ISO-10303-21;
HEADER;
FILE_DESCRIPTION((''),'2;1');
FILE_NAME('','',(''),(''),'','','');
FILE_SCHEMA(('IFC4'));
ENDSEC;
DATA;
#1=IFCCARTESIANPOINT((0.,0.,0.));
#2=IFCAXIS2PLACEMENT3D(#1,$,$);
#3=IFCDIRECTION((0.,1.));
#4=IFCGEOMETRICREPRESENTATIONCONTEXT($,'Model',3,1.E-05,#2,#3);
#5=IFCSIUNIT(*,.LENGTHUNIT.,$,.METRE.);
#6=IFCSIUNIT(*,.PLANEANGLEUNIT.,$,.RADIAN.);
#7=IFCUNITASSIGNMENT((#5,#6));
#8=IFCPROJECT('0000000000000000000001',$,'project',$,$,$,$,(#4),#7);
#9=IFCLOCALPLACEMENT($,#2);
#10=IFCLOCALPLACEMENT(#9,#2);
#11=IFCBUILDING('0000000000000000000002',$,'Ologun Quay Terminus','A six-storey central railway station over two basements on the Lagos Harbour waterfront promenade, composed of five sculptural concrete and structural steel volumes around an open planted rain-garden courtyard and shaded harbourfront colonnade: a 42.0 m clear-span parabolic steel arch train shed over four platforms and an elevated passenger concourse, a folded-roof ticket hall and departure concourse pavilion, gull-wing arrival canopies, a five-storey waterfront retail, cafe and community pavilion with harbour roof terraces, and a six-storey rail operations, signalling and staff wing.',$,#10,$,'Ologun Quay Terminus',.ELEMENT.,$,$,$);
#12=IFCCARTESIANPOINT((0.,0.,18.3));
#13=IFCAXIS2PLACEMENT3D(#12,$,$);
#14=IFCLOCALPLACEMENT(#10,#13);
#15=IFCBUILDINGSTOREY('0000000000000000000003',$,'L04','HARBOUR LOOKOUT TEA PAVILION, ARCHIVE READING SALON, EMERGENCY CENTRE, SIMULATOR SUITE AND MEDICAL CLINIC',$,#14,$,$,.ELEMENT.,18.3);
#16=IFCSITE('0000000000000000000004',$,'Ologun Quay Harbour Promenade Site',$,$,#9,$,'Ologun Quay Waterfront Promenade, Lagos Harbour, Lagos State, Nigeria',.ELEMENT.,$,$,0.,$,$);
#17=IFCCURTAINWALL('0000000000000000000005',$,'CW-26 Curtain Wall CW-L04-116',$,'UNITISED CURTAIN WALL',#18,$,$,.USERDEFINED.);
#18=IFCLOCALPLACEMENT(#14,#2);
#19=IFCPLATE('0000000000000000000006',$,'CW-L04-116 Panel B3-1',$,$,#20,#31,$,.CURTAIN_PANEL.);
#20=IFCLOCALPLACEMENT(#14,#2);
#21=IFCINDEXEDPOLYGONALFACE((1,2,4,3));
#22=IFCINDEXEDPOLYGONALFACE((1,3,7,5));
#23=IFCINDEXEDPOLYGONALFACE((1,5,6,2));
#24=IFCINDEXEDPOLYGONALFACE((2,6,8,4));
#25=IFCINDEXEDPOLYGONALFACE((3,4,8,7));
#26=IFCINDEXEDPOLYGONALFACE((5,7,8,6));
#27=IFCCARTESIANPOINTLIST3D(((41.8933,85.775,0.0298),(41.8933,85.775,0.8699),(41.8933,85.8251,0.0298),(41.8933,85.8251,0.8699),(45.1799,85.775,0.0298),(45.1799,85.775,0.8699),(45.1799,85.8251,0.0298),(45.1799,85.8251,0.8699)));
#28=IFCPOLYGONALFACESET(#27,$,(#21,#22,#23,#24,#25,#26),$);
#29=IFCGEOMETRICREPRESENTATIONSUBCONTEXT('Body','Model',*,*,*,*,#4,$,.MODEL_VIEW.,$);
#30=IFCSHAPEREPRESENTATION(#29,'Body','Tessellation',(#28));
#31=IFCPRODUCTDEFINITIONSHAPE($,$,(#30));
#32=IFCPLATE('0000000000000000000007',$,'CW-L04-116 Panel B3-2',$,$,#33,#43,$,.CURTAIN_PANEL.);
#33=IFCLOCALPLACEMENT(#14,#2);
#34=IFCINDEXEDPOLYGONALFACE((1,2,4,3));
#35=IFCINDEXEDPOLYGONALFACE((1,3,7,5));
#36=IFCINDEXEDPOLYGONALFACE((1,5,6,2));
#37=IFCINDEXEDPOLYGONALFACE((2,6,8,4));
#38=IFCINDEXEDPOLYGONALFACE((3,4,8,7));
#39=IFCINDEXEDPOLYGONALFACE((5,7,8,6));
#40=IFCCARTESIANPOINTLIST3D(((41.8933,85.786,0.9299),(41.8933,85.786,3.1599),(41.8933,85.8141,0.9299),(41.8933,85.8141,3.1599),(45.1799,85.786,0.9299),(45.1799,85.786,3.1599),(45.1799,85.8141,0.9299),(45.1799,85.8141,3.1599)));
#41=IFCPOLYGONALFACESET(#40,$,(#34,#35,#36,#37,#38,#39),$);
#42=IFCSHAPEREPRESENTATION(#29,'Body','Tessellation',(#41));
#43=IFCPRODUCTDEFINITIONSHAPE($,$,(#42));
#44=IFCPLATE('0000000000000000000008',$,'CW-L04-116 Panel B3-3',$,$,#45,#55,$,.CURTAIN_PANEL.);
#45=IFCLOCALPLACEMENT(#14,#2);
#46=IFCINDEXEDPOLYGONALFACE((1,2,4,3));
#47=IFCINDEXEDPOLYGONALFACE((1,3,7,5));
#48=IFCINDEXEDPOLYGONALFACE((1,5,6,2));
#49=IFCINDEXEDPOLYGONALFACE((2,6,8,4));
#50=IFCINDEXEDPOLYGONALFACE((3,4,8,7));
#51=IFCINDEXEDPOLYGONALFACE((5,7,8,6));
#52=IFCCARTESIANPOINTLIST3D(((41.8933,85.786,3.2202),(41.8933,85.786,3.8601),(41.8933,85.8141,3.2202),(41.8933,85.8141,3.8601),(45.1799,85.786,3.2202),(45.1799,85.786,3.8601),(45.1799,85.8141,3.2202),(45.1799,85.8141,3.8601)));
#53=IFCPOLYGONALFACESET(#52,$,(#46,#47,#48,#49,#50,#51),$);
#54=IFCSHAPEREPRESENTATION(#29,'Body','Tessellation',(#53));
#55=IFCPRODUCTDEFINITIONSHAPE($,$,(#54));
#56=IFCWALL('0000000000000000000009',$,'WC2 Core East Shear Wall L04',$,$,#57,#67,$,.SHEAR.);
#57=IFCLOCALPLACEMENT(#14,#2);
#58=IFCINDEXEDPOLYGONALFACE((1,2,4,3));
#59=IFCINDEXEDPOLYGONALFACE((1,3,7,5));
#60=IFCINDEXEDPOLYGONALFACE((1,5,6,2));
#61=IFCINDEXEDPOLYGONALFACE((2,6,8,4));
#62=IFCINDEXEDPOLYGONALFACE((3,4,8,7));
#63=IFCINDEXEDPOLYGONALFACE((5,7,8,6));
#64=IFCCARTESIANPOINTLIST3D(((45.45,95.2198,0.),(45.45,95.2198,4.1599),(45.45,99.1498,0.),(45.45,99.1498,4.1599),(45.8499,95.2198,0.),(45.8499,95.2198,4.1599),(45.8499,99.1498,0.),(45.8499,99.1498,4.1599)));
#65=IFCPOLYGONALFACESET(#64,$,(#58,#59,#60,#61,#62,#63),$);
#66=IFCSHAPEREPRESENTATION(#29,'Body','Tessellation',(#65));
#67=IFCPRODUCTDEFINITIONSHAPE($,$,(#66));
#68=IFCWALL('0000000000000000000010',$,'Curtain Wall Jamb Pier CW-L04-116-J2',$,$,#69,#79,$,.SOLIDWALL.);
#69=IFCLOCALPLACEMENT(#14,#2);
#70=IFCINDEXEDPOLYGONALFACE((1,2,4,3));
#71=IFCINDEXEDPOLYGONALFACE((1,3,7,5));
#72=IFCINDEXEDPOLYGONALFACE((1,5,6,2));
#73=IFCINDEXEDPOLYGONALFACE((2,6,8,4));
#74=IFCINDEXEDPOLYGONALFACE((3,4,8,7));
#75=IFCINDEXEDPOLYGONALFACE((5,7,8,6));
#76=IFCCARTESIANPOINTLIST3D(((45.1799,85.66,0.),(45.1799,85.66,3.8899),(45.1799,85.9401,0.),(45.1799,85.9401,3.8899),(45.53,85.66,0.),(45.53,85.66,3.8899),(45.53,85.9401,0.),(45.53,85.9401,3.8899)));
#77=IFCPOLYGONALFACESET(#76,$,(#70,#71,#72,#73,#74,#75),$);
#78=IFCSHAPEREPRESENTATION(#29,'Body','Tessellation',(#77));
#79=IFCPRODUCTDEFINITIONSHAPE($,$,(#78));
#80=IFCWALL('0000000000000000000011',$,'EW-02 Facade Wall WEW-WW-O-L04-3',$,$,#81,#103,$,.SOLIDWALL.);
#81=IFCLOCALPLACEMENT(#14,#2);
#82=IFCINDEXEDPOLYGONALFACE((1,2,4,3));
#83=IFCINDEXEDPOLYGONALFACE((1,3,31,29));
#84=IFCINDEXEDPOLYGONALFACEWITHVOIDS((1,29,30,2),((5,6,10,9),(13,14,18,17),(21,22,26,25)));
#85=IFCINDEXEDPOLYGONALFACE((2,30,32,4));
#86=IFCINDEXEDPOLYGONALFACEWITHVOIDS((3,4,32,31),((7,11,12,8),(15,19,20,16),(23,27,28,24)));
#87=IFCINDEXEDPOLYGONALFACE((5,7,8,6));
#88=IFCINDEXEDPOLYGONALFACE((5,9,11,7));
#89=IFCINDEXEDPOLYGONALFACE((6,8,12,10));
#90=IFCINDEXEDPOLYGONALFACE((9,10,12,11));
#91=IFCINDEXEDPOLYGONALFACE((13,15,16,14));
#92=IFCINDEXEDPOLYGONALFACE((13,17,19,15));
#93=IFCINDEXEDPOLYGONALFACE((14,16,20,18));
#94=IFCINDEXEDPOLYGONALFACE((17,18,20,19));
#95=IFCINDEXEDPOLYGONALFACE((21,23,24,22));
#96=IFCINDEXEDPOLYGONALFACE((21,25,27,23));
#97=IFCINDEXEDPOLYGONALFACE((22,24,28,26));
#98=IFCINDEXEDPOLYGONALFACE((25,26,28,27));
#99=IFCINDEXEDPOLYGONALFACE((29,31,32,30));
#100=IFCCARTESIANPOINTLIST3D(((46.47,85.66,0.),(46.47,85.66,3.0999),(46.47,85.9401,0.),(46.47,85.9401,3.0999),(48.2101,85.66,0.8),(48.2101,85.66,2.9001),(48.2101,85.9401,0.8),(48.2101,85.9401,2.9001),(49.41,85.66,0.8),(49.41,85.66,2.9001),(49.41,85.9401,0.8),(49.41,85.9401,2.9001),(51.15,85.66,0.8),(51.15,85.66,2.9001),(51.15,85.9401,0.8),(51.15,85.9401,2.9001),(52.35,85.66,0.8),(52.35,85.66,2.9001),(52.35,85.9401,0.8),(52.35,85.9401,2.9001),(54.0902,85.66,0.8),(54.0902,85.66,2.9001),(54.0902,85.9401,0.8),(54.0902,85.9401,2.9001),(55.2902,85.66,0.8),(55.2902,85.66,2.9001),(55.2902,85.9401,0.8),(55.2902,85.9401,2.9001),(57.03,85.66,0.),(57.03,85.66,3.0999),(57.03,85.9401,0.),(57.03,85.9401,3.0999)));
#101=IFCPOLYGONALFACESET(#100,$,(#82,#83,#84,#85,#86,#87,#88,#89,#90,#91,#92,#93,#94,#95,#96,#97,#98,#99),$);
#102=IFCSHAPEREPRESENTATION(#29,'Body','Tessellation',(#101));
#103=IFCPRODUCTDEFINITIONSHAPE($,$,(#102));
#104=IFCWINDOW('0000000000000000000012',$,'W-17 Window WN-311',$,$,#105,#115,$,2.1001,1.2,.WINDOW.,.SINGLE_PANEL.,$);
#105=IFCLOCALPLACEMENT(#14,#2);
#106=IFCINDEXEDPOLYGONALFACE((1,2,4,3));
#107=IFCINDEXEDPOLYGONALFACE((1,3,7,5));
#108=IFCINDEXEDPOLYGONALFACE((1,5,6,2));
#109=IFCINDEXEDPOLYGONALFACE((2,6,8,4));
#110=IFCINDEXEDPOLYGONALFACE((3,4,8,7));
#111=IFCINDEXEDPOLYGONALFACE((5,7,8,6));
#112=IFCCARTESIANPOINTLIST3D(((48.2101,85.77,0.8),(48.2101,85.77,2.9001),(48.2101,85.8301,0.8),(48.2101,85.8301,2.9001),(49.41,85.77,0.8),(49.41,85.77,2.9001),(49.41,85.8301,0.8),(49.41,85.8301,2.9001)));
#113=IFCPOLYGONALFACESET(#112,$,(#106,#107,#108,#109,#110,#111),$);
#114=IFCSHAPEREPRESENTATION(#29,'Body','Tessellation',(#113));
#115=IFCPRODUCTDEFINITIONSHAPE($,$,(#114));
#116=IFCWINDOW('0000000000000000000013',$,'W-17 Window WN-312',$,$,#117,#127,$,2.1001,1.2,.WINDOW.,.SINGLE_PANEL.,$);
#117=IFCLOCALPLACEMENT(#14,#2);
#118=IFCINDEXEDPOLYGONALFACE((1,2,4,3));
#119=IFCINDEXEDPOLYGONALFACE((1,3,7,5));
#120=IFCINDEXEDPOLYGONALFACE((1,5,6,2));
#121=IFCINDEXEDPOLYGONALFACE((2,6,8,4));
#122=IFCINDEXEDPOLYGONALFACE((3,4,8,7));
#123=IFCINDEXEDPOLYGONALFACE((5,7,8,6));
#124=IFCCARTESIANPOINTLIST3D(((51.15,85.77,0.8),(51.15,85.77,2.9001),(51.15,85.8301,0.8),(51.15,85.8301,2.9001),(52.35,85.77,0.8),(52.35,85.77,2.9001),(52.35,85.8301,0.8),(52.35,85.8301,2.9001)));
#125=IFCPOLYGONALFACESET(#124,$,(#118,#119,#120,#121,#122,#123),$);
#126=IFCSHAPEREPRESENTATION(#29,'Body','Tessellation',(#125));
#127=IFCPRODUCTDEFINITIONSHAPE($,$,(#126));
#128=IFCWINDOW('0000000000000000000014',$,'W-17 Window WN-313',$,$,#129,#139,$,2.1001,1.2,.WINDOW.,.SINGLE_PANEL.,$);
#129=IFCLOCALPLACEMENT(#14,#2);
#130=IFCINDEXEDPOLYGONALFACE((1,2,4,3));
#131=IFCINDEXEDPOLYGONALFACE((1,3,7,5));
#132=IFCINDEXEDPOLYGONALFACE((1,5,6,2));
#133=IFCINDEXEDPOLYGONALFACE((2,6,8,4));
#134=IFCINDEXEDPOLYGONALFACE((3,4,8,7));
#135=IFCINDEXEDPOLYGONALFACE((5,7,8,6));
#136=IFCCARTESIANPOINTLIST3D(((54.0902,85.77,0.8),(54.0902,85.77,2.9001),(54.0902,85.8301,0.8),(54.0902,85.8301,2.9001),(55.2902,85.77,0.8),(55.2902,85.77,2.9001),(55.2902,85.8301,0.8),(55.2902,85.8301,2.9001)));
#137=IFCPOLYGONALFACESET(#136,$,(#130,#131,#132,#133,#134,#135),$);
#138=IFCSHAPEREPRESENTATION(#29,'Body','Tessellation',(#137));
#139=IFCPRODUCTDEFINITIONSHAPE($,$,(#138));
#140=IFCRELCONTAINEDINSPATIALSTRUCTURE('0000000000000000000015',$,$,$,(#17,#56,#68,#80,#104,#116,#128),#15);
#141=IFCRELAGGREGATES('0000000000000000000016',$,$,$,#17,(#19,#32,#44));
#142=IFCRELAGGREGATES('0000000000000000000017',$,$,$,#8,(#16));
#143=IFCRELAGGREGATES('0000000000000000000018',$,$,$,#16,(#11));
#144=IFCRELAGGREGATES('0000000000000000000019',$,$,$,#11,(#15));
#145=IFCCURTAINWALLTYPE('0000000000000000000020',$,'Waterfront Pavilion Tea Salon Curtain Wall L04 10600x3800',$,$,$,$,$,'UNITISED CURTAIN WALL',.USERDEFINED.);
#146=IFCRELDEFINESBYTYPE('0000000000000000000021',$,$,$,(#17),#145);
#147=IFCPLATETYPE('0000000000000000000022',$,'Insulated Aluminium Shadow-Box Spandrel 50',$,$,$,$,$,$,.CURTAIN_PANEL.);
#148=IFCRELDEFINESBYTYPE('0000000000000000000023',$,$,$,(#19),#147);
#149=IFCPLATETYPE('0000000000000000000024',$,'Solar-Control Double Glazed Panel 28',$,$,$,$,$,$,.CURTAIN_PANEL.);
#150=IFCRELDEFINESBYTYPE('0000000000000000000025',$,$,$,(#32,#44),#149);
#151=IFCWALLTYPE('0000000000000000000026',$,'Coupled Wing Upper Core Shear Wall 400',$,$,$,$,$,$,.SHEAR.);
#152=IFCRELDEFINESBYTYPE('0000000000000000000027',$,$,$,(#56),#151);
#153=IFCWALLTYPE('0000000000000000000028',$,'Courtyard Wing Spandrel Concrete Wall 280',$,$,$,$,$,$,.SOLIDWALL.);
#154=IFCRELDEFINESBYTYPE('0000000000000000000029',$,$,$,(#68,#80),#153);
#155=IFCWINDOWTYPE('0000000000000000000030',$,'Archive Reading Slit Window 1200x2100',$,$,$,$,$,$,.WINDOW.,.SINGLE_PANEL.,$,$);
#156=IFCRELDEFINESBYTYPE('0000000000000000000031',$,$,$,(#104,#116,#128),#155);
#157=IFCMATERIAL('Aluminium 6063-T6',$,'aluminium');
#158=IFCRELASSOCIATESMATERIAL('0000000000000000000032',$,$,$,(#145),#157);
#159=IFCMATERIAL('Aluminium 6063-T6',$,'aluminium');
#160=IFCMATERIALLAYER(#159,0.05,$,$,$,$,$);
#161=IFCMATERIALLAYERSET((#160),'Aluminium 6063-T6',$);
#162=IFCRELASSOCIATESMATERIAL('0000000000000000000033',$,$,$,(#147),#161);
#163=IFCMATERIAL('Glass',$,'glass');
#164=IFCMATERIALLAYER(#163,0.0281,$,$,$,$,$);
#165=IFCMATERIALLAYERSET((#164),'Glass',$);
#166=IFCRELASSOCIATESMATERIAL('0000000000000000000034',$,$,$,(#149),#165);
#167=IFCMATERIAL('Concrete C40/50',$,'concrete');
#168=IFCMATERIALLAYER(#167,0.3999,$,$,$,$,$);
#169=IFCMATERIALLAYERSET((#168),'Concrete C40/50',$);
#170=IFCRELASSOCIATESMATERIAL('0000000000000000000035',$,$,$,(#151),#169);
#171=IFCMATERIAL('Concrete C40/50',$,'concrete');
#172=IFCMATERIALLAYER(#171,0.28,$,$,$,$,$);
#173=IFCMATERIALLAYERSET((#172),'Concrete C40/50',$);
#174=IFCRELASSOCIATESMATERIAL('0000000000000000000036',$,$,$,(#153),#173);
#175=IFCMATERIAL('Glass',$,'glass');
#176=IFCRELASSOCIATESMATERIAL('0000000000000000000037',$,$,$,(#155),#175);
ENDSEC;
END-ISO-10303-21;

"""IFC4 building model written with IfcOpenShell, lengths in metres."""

from ifc_helpers import new_model, si_unit, direction, frame, frame_2d, origin, origin_2d, place, context, subcontext, project, spatial, rectangle, extrude, material, layer, layer_set, type_object, element, fill, aggregate, save


model = new_model("IFC4")

# Units and contexts
model_context = context("Model", 3, precision=1e-05, world=origin(), true_north=direction((0.0, 1.0)))
body_context = subcontext(model_context, "Body", "Model", "MODEL_VIEW")
ifc_project = project(units=[si_unit("LENGTHUNIT", "METRE"), si_unit("PLANEANGLEUNIT", "RADIAN")], contexts=[model_context])

# Site, building, storey
site_placement = place(None, origin())
site = spatial("IfcSite", under=ifc_project, at=site_placement, Name="Ologun Quay Harbour Promenade Site", LongName="Ologun Quay Waterfront Promenade, Lagos Harbour, Lagos State, Nigeria", CompositionType="ELEMENT", RefElevation=0.0)
building_placement = place(site_placement, origin())
building = spatial("IfcBuilding", under=site, at=building_placement, Name="Ologun Quay Terminus", Description="A six-storey central railway station over two basements on the Lagos Harbour waterfront promenade, composed of five sculptural concrete and structural steel volumes around an open planted rain-garden courtyard and shaded harbourfront colonnade: a 42.0 m clear-span parabolic steel arch train shed over four platforms and an elevated passenger concourse, a folded-roof ticket hall and departure concourse pavilion, gull-wing arrival canopies, a five-storey waterfront retail, cafe and community pavilion with harbour roof terraces, and a six-storey rail operations, signalling and staff wing.", LongName="Ologun Quay Terminus", CompositionType="ELEMENT")
storey_placement = place(building_placement, frame((0.0, 0.0, 18.3)))
storey = spatial("IfcBuildingStorey", under=building, at=storey_placement, Name="L04", Description="HARBOUR LOOKOUT TEA PAVILION, ARCHIVE READING SALON, EMERGENCY CENTRE, SIMULATOR SUITE AND MEDICAL CLINIC", CompositionType="ELEMENT", Elevation=18.3)

# Curtain wall
ifc_material_1 = material(Name="Aluminium 6063-T6", Category="aluminium")
curtain_wall_type = type_object("IfcCurtainWallType", Name="Waterfront Pavilion Tea Salon Curtain Wall L04 10600x3800", ElementType="UNITISED CURTAIN WALL", PredefinedType="USERDEFINED", material=ifc_material_1)
curtain_wall_placement = place(storey_placement, origin())
curtain_wall = element("IfcCurtainWall", 1, at=curtain_wall_placement, inside=storey, type_object=curtain_wall_type, Name="CW-26 Curtain Wall CW-L04-116", ObjectType="UNITISED CURTAIN WALL", PredefinedType="USERDEFINED")

# Plates
ifc_material_2 = material(Name="Aluminium 6063-T6", Category="aluminium")
ifc_layer_1 = layer(ifc_material_2, 0.05)
ifc_layer_set_1 = layer_set([ifc_layer_1], Name="Aluminium 6063-T6")
plate_type_1 = type_object("IfcPlateType", Name="Insulated Aluminium Shadow-Box Spandrel 50", PredefinedType="CURTAIN_PANEL", material=ifc_layer_set_1)
plate_1_placement = place(storey_placement, frame((43.5366, 85.8, 0.0298), z_axis=(0.0, 0.0, 1.0), x_axis=(1.0, 0.0, 0.0)))
plate_1 = element("IfcPlate", 2, at=plate_1_placement, type_object=plate_type_1, Name="CW-L04-116 Panel B3-1", PredefinedType="CURTAIN_PANEL", context=body_context, shape_type="SweptSolid", body=[
    extrude(rectangle(XDim=3.2866, YDim=0.05, at=origin_2d()), origin(), (0.0, 0.0, 1.0), 0.8401),
])
ifc_material_3 = material(Name="Glass", Category="glass")
ifc_layer_2 = layer(ifc_material_3, 0.0281)
ifc_layer_set_2 = layer_set([ifc_layer_2], Name="Glass")
plate_type_2 = type_object("IfcPlateType", Name="Solar-Control Double Glazed Panel 28", PredefinedType="CURTAIN_PANEL", material=ifc_layer_set_2)
plate_2_placement = place(storey_placement, frame((43.5366, 85.8, 0.9299), z_axis=(0.0, 0.0, 1.0), x_axis=(1.0, 0.0, 0.0)))
plate_2 = element("IfcPlate", 3, at=plate_2_placement, type_object=plate_type_2, Name="CW-L04-116 Panel B3-2", PredefinedType="CURTAIN_PANEL", context=body_context, shape_type="SweptSolid", body=[
    extrude(rectangle(XDim=3.2866, YDim=0.0281, at=origin_2d()), origin(), (0.0, 0.0, 1.0), 2.23),
])
plate_3_placement = place(storey_placement, frame((43.5366, 85.8, 3.2202), z_axis=(0.0, 0.0, 1.0), x_axis=(1.0, 0.0, 0.0)))
plate_3 = element("IfcPlate", 4, at=plate_3_placement, type_object=plate_type_2, Name="CW-L04-116 Panel B3-3", PredefinedType="CURTAIN_PANEL", context=body_context, shape_type="SweptSolid", body=[
    extrude(rectangle(XDim=3.2866, YDim=0.0281, at=origin_2d()), origin(), (0.0, 0.0, 1.0), 0.6399),
])
aggregate(curtain_wall, [plate_1, plate_2, plate_3])

# Walls
ifc_material_4 = material(Name="Concrete C40/50", Category="concrete")
ifc_layer_3 = layer(ifc_material_4, 0.3999)
ifc_layer_set_3 = layer_set([ifc_layer_3], Name="Concrete C40/50")
wall_type_1 = type_object("IfcWallType", Name="Coupled Wing Upper Core Shear Wall 400", PredefinedType="SHEAR", material=ifc_layer_set_3)
wall_1_placement = place(storey_placement, frame((45.6499, 95.22, 0.0), z_axis=(0.0, 0.0, 1.0), x_axis=(0.0, 1.0, 0.0)))
element("IfcWall", 5, at=wall_1_placement, inside=storey, type_object=wall_type_1, Name="WC2 Core East Shear Wall L04", PredefinedType="SHEAR", context=body_context, shape_type="SweptSolid", body=[
    extrude(rectangle(XDim=3.9299, YDim=0.3999, at=frame_2d((1.9648, 0.0))), origin(), (0.0, 0.0, 1.0), 4.1599),
])
ifc_material_5 = material(Name="Concrete C40/50", Category="concrete")
ifc_layer_4 = layer(ifc_material_5, 0.28)
ifc_layer_set_4 = layer_set([ifc_layer_4], Name="Concrete C40/50")
wall_type_2 = type_object("IfcWallType", Name="Courtyard Wing Spandrel Concrete Wall 280", PredefinedType="SOLIDWALL", material=ifc_layer_set_4)
wall_2_placement = place(storey_placement, frame((45.1799, 85.8, 0.0), z_axis=(0.0, 0.0, 1.0), x_axis=(1.0, 0.0, 0.0)))
element("IfcWall", 6, at=wall_2_placement, inside=storey, type_object=wall_type_2, Name="Curtain Wall Jamb Pier CW-L04-116-J2", PredefinedType="SOLIDWALL", context=body_context, shape_type="SweptSolid", body=[
    extrude(rectangle(XDim=0.3501, YDim=0.28, at=frame_2d((0.175, 0.0))), origin(), (0.0, 0.0, 1.0), 3.8899),
])

# Wall, openings, windows
wall_3_placement = place(storey_placement, frame((46.47, 85.8, 0.0), z_axis=(0.0, 0.0, 1.0), x_axis=(1.0, 0.0, 0.0)))
wall_3 = element("IfcWall", 7, at=wall_3_placement, inside=storey, type_object=wall_type_2, Name="EW-02 Facade Wall WEW-WW-O-L04-3", PredefinedType="SOLIDWALL", context=body_context, shape_type="SweptSolid", body=[
    extrude(rectangle(XDim=10.5601, YDim=0.28, at=frame_2d((5.28, 0.0))), origin(), (0.0, 0.0, 1.0), 3.0999),
])
opening_1_placement = place(wall_3_placement, frame((1.74, 0.0, 0.8)))
opening_1 = element("IfcOpeningElement", 8, at=opening_1_placement, cuts=wall_3, PredefinedType="OPENING", context=body_context, shape_type="SweptSolid", body=[
    extrude(rectangle(XDim=1.2, YDim=2.1001, at=frame_2d((0.6001, 1.05))), frame((0.0, 0.1499, 0.0), z_axis=(0.0, -1.0, 0.0), x_axis=(1.0, 0.0, 0.0)), (0.0, 0.0, 1.0), 0.3),
])
opening_2_placement = place(wall_3_placement, frame((4.6799, 0.0, 0.8)))
opening_2 = element("IfcOpeningElement", 9, at=opening_2_placement, cuts=wall_3, PredefinedType="OPENING", context=body_context, shape_type="SweptSolid", body=[
    extrude(rectangle(XDim=1.2, YDim=2.1001, at=frame_2d((0.6001, 1.05))), frame((0.0, 0.1499, 0.0), z_axis=(0.0, -1.0, 0.0), x_axis=(1.0, 0.0, 0.0)), (0.0, 0.0, 1.0), 0.3),
])
opening_3_placement = place(wall_3_placement, frame((7.6201, 0.0, 0.8)))
opening_3 = element("IfcOpeningElement", 10, at=opening_3_placement, cuts=wall_3, PredefinedType="OPENING", context=body_context, shape_type="SweptSolid", body=[
    extrude(rectangle(XDim=1.2, YDim=2.1001, at=frame_2d((0.6001, 1.05))), frame((0.0, 0.1499, 0.0), z_axis=(0.0, -1.0, 0.0), x_axis=(1.0, 0.0, 0.0)), (0.0, 0.0, 1.0), 0.3),
])
ifc_material_6 = material(Name="Glass", Category="glass")
window_type = type_object("IfcWindowType", Name="Archive Reading Slit Window 1200x2100", PartitioningType="SINGLE_PANEL", PredefinedType="WINDOW", material=ifc_material_6)
window_1_placement = place(opening_1_placement, origin())
window_1 = element("IfcWindow", 11, at=window_1_placement, inside=storey, type_object=window_type, Name="W-17 Window WN-311", OverallHeight=2.1001, OverallWidth=1.2, PartitioningType="SINGLE_PANEL", PredefinedType="WINDOW", context=body_context, shape_type="SweptSolid", body=[
    extrude(rectangle(XDim=1.2, YDim=2.1001, at=frame_2d((0.6001, 1.05))), frame((0.0, 0.03, 0.0), z_axis=(0.0, -1.0, 0.0), x_axis=(1.0, 0.0, 0.0)), (0.0, 0.0, 1.0), 0.0601),
])
fill(opening_1, window_1)
window_2_placement = place(opening_2_placement, origin())
window_2 = element("IfcWindow", 12, at=window_2_placement, inside=storey, type_object=window_type, Name="W-17 Window WN-312", OverallHeight=2.1001, OverallWidth=1.2, PartitioningType="SINGLE_PANEL", PredefinedType="WINDOW", context=body_context, shape_type="SweptSolid", body=[
    extrude(rectangle(XDim=1.2, YDim=2.1001, at=frame_2d((0.6001, 1.05))), frame((0.0, 0.03, 0.0), z_axis=(0.0, -1.0, 0.0), x_axis=(1.0, 0.0, 0.0)), (0.0, 0.0, 1.0), 0.0601),
])
fill(opening_2, window_2)
window_3_placement = place(opening_3_placement, origin())
window_3 = element("IfcWindow", 13, at=window_3_placement, inside=storey, type_object=window_type, Name="W-17 Window WN-313", OverallHeight=2.1001, OverallWidth=1.2, PartitioningType="SINGLE_PANEL", PredefinedType="WINDOW", context=body_context, shape_type="SweptSolid", body=[
    extrude(rectangle(XDim=1.2, YDim=2.1001, at=frame_2d((0.6001, 1.05))), frame((0.0, 0.03, 0.0), z_axis=(0.0, -1.0, 0.0), x_axis=(1.0, 0.0, 0.0)), (0.0, 0.0, 1.0), 0.0601),
])
fill(opening_3, window_3)

save(model, "model.ifc")
